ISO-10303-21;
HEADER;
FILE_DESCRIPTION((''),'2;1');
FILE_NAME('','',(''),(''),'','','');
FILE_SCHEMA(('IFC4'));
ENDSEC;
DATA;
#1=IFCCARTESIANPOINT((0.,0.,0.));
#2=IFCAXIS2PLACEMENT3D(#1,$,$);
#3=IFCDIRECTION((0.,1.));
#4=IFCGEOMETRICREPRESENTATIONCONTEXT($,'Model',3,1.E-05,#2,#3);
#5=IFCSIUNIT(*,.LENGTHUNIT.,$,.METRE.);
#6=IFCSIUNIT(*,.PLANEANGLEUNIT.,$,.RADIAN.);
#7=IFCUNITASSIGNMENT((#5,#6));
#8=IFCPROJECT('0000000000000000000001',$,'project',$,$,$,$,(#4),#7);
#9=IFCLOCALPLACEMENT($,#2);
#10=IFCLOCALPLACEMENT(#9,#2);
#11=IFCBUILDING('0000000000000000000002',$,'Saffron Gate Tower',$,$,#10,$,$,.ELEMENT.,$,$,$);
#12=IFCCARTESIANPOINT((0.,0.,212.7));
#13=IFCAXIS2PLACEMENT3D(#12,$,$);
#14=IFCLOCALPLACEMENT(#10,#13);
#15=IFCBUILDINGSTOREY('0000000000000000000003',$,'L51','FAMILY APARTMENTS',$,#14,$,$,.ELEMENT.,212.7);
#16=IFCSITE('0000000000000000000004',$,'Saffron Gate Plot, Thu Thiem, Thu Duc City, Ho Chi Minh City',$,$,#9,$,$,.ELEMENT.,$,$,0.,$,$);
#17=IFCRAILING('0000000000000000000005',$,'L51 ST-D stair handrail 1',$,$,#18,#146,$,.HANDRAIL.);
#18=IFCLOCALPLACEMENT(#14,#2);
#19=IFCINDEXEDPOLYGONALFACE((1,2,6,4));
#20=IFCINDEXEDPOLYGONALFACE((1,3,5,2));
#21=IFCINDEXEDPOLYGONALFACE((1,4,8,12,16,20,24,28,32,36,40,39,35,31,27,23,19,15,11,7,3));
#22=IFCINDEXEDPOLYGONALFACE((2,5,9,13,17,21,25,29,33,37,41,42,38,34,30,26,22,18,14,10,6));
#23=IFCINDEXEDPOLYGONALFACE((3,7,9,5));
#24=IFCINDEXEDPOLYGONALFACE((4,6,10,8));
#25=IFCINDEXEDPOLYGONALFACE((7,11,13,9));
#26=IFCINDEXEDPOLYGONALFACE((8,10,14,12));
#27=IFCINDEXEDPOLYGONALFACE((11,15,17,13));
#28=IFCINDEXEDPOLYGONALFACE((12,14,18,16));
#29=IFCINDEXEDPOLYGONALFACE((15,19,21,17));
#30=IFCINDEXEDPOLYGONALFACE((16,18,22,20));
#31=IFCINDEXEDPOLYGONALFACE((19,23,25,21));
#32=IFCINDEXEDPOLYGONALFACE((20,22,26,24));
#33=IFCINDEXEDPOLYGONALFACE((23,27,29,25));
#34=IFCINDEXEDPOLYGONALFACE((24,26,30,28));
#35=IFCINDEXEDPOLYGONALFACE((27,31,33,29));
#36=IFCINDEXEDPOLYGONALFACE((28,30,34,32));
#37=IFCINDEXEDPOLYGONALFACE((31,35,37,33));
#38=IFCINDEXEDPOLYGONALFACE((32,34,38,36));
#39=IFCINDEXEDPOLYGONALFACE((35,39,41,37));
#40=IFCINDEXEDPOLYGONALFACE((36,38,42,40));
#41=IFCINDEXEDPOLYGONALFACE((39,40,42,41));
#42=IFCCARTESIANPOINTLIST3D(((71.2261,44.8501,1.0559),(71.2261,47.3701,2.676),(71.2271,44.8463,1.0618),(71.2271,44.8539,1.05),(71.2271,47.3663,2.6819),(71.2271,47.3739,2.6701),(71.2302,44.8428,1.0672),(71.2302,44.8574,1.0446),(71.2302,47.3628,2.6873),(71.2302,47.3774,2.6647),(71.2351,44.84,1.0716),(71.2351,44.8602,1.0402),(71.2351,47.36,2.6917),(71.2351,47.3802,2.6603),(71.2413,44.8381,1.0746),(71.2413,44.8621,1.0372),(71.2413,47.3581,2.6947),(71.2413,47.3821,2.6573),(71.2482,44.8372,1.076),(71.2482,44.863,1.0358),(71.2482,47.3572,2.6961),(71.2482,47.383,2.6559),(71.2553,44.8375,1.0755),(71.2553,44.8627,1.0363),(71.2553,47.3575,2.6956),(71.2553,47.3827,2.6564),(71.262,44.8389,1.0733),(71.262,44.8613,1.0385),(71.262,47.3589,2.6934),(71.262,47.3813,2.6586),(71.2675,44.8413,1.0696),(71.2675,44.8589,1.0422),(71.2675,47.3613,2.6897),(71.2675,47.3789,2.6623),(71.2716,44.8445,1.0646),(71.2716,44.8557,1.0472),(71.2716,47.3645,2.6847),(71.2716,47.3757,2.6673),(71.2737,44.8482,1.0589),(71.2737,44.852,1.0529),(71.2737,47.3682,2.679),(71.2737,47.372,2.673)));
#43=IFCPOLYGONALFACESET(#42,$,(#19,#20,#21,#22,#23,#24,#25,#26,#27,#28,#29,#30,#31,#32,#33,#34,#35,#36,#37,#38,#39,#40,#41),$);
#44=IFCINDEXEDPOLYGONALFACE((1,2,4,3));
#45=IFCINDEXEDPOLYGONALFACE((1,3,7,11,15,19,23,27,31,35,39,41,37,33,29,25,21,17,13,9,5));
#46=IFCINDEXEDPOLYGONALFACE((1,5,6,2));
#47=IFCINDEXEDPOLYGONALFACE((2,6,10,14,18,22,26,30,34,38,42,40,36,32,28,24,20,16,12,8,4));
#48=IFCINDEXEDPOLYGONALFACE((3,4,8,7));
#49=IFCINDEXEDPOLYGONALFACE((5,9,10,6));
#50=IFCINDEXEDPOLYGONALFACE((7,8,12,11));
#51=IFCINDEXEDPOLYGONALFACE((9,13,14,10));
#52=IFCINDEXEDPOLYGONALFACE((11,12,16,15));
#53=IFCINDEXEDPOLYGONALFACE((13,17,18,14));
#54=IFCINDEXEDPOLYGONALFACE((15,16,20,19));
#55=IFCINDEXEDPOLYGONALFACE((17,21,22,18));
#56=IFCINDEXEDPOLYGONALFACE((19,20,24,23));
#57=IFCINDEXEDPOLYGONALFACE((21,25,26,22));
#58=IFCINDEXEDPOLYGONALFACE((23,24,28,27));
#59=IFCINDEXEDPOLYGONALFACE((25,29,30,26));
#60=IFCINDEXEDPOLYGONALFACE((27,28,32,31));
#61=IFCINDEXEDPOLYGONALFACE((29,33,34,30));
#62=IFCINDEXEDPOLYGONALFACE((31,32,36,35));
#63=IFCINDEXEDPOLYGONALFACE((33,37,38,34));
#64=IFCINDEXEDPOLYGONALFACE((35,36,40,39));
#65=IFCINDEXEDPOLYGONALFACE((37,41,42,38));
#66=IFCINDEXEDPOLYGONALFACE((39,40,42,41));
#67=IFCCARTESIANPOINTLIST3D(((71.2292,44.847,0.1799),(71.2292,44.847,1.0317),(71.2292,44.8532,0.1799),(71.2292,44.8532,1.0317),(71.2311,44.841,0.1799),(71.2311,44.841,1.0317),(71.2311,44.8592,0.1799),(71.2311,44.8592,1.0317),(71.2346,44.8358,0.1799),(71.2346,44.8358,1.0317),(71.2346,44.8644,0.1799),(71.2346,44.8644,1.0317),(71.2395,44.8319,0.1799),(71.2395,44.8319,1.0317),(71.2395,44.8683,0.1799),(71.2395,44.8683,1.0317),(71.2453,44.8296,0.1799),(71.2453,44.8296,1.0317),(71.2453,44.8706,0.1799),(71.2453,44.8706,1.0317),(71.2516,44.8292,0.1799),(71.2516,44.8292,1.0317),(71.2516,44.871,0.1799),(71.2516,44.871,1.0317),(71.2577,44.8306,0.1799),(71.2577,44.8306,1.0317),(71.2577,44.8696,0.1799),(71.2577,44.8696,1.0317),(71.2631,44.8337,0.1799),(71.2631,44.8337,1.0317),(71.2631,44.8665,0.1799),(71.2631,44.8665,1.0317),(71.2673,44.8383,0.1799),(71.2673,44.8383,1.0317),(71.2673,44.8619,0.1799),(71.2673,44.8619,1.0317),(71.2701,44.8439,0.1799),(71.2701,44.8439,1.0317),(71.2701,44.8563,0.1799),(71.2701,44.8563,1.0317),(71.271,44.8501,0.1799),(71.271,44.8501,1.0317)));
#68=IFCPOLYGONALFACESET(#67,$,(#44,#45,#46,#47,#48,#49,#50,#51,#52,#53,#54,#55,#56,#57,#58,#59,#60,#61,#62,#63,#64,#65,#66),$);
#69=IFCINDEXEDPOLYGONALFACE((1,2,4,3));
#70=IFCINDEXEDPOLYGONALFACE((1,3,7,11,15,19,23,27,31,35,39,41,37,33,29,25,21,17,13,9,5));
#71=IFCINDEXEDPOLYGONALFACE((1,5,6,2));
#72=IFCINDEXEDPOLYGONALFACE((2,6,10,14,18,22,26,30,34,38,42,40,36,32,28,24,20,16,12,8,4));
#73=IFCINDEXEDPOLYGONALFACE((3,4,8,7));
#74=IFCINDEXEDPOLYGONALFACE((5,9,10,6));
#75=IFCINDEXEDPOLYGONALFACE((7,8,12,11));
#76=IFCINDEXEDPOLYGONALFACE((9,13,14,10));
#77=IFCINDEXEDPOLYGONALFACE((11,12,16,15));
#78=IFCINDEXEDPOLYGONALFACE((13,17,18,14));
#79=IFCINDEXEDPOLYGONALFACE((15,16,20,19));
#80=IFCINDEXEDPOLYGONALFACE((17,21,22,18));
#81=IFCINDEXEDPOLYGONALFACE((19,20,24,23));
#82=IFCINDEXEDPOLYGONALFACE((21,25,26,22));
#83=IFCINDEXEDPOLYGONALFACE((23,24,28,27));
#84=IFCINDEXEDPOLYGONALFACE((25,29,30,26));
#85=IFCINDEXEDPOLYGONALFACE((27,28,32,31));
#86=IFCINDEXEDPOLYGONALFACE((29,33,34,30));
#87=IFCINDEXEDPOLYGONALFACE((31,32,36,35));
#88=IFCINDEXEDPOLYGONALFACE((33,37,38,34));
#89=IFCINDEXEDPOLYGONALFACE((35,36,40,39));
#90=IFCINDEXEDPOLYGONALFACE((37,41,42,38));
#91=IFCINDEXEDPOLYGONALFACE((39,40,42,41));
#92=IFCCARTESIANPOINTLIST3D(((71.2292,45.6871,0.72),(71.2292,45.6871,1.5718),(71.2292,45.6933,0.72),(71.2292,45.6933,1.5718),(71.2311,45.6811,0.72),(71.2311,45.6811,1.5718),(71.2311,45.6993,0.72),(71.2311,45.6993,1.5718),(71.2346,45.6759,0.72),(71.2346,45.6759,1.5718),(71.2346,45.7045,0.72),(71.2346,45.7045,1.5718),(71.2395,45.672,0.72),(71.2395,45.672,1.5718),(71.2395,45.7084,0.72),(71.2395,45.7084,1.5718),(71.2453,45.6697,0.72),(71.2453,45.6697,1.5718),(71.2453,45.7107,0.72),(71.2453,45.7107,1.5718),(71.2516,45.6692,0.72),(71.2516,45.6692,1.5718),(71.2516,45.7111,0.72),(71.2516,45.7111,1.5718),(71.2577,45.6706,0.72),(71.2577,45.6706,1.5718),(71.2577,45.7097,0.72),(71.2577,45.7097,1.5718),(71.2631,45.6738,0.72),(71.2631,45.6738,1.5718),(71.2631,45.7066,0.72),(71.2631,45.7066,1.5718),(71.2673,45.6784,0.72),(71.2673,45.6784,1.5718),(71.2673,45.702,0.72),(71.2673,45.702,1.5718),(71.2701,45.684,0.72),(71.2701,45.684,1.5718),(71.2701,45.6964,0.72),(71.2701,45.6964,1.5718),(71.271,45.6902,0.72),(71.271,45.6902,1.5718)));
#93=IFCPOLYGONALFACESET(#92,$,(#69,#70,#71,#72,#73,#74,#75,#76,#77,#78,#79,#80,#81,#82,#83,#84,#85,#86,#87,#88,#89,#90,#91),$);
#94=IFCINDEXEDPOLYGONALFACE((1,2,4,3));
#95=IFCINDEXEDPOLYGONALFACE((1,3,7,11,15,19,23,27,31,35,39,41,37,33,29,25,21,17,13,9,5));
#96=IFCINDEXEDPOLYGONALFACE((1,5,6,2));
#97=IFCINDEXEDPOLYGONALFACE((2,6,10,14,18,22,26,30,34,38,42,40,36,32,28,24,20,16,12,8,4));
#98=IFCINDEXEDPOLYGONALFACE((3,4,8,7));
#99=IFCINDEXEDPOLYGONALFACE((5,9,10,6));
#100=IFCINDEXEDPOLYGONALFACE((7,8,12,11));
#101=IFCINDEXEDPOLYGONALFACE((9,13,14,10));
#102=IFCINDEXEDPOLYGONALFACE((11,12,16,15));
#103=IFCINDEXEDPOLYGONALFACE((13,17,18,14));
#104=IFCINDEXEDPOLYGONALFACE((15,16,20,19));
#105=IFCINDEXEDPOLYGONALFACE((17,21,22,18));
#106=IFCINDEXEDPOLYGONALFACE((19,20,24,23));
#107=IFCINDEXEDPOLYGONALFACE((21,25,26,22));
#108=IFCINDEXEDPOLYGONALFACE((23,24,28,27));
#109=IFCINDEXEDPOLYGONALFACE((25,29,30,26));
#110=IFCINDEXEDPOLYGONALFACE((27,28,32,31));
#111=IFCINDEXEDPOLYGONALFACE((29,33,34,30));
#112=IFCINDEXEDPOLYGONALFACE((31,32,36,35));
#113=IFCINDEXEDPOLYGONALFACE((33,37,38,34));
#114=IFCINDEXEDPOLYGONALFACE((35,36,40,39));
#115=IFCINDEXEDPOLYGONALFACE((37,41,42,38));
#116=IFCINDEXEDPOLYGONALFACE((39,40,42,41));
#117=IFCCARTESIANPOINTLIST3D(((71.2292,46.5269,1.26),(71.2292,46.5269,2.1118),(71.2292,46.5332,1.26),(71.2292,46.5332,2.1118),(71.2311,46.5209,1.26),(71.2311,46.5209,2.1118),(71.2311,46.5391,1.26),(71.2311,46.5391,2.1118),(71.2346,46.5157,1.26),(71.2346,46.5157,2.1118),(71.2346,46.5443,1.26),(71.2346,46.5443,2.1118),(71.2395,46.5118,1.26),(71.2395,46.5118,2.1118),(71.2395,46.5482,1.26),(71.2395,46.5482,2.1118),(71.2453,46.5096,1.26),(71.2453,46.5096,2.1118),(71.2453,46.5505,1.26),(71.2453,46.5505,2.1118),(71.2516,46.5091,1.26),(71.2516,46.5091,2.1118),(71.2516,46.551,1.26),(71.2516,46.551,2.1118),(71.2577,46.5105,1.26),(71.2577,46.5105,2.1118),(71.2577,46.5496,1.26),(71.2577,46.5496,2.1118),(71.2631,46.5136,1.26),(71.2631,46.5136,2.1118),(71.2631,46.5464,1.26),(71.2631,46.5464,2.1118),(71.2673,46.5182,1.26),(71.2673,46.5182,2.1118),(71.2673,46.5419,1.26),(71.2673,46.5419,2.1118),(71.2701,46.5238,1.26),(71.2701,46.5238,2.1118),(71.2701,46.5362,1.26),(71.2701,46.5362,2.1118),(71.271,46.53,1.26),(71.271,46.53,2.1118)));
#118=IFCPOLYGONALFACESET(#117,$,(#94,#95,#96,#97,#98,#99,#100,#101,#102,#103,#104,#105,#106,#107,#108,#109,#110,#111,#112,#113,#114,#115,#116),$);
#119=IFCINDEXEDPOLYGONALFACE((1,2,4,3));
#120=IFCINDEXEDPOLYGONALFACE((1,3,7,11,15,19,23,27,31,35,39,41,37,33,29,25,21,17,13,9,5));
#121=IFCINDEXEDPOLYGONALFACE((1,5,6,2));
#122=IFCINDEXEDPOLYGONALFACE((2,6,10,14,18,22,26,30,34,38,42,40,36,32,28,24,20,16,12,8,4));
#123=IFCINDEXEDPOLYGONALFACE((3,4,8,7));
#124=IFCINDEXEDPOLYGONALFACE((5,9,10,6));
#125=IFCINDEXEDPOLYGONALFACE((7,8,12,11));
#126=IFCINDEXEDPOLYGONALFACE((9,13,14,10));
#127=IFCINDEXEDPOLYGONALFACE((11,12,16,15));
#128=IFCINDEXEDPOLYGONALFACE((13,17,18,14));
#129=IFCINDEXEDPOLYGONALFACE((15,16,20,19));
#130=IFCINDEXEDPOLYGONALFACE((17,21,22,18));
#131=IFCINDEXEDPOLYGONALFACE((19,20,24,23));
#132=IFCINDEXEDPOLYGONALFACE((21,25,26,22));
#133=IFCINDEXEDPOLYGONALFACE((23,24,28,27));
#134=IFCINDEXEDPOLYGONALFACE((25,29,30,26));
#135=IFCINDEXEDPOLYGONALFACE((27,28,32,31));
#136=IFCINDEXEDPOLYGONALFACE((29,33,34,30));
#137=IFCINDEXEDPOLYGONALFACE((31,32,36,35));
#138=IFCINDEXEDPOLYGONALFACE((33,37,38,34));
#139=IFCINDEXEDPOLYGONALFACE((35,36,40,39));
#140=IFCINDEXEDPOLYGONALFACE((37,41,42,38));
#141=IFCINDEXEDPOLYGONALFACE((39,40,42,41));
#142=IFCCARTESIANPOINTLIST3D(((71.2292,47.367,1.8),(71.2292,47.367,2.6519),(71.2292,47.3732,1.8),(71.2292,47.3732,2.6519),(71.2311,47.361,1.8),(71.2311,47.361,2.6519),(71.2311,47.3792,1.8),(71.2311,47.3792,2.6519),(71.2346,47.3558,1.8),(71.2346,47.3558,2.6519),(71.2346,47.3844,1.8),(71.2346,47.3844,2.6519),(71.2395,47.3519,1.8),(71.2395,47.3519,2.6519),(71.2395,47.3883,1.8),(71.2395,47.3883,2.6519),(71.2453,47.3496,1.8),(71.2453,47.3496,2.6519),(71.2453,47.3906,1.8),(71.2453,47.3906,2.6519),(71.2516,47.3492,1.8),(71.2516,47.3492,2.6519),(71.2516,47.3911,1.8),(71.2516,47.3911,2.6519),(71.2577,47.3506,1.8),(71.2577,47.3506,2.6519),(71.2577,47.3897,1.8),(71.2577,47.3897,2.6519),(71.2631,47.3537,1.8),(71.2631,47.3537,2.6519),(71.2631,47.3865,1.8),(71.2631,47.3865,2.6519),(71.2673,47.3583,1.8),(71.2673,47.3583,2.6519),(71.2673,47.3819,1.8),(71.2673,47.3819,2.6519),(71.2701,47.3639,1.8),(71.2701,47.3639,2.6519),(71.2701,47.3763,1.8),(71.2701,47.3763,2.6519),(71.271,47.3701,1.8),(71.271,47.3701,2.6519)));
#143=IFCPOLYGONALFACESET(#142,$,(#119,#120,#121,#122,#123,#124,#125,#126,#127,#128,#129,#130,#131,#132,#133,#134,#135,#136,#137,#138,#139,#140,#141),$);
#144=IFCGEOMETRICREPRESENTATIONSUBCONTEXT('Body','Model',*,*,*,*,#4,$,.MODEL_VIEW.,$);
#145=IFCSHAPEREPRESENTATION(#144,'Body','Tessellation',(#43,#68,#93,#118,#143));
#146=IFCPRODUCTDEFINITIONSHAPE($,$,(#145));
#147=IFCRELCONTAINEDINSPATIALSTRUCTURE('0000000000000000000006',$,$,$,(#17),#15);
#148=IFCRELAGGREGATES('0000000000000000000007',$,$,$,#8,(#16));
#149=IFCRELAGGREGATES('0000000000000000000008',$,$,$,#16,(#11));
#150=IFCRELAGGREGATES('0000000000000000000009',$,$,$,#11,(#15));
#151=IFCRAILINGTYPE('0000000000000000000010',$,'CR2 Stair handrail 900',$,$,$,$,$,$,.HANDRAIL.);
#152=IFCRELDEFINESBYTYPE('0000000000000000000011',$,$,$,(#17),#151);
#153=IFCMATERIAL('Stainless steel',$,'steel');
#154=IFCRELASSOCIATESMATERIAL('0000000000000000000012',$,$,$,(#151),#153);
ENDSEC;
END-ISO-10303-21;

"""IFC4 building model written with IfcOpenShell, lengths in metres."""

from ifc_helpers import new_model, si_unit, direction, frame, origin, origin_2d, place, context, subcontext, project, spatial, circle, extrude, material, type_object, element, save


model = new_model("IFC4")

# Units and contexts
model_context = context("Model", 3, precision=1e-05, world=origin(), true_north=direction((0.0, 1.0)))
body_context = subcontext(model_context, "Body", "Model", "MODEL_VIEW")
ifc_project = project(units=[si_unit("LENGTHUNIT", "METRE"), si_unit("PLANEANGLEUNIT", "RADIAN")], contexts=[model_context])

# Site, building, storey
site_placement = place(None, origin())
site = spatial("IfcSite", under=ifc_project, at=site_placement, Name="Saffron Gate Plot, Thu Thiem, Thu Duc City, Ho Chi Minh City", CompositionType="ELEMENT", RefElevation=0.0)
building_placement = place(site_placement, origin())
building = spatial("IfcBuilding", under=site, at=building_placement, Name="Saffron Gate Tower", CompositionType="ELEMENT")
storey_placement = place(building_placement, frame((0.0, 0.0, 212.7)))
storey = spatial("IfcBuildingStorey", under=building, at=storey_placement, Name="L51", Description="FAMILY APARTMENTS", CompositionType="ELEMENT", Elevation=212.7)

# Railing
ifc_material_1 = material(Name="Stainless steel", Category="steel")
railing_type_1 = type_object("IfcRailingType", Name="CR2 Stair handrail 900", PredefinedType="HANDRAIL", material=ifc_material_1)
railing_1_placement = place(storey_placement, frame((71.25, 44.8501, 0.1799)))
element("IfcRailing", 1, at=railing_1_placement, inside=storey, type_object=railing_type_1, Name="L51 ST-D stair handrail 1", PredefinedType="HANDRAIL", context=body_context, shape_type="SweptSolid", body=[
    extrude(circle(Radius=0.0239, at=origin_2d()), frame((0.0, 0.0, 0.876), z_axis=(0.0, 0.841163, 0.540782), x_axis=(-1.0, 0.0, 0.0)), (0.0, 0.0, 1.0), 2.9958),
    extrude(circle(Radius=0.021, at=origin_2d()), origin(), (0.0, 0.0, 1.0), 0.8518),
    extrude(circle(Radius=0.021, at=origin_2d()), frame((0.0, 0.8401, 0.54)), (0.0, 0.0, 1.0), 0.8518),
    extrude(circle(Radius=0.021, at=origin_2d()), frame((0.0, 1.6799, 1.0801)), (0.0, 0.0, 1.0), 0.8518),
    extrude(circle(Radius=0.021, at=origin_2d()), frame((0.0, 2.52, 1.6201)), (0.0, 0.0, 1.0), 0.8518),
])

save(model, "model.ifc")
